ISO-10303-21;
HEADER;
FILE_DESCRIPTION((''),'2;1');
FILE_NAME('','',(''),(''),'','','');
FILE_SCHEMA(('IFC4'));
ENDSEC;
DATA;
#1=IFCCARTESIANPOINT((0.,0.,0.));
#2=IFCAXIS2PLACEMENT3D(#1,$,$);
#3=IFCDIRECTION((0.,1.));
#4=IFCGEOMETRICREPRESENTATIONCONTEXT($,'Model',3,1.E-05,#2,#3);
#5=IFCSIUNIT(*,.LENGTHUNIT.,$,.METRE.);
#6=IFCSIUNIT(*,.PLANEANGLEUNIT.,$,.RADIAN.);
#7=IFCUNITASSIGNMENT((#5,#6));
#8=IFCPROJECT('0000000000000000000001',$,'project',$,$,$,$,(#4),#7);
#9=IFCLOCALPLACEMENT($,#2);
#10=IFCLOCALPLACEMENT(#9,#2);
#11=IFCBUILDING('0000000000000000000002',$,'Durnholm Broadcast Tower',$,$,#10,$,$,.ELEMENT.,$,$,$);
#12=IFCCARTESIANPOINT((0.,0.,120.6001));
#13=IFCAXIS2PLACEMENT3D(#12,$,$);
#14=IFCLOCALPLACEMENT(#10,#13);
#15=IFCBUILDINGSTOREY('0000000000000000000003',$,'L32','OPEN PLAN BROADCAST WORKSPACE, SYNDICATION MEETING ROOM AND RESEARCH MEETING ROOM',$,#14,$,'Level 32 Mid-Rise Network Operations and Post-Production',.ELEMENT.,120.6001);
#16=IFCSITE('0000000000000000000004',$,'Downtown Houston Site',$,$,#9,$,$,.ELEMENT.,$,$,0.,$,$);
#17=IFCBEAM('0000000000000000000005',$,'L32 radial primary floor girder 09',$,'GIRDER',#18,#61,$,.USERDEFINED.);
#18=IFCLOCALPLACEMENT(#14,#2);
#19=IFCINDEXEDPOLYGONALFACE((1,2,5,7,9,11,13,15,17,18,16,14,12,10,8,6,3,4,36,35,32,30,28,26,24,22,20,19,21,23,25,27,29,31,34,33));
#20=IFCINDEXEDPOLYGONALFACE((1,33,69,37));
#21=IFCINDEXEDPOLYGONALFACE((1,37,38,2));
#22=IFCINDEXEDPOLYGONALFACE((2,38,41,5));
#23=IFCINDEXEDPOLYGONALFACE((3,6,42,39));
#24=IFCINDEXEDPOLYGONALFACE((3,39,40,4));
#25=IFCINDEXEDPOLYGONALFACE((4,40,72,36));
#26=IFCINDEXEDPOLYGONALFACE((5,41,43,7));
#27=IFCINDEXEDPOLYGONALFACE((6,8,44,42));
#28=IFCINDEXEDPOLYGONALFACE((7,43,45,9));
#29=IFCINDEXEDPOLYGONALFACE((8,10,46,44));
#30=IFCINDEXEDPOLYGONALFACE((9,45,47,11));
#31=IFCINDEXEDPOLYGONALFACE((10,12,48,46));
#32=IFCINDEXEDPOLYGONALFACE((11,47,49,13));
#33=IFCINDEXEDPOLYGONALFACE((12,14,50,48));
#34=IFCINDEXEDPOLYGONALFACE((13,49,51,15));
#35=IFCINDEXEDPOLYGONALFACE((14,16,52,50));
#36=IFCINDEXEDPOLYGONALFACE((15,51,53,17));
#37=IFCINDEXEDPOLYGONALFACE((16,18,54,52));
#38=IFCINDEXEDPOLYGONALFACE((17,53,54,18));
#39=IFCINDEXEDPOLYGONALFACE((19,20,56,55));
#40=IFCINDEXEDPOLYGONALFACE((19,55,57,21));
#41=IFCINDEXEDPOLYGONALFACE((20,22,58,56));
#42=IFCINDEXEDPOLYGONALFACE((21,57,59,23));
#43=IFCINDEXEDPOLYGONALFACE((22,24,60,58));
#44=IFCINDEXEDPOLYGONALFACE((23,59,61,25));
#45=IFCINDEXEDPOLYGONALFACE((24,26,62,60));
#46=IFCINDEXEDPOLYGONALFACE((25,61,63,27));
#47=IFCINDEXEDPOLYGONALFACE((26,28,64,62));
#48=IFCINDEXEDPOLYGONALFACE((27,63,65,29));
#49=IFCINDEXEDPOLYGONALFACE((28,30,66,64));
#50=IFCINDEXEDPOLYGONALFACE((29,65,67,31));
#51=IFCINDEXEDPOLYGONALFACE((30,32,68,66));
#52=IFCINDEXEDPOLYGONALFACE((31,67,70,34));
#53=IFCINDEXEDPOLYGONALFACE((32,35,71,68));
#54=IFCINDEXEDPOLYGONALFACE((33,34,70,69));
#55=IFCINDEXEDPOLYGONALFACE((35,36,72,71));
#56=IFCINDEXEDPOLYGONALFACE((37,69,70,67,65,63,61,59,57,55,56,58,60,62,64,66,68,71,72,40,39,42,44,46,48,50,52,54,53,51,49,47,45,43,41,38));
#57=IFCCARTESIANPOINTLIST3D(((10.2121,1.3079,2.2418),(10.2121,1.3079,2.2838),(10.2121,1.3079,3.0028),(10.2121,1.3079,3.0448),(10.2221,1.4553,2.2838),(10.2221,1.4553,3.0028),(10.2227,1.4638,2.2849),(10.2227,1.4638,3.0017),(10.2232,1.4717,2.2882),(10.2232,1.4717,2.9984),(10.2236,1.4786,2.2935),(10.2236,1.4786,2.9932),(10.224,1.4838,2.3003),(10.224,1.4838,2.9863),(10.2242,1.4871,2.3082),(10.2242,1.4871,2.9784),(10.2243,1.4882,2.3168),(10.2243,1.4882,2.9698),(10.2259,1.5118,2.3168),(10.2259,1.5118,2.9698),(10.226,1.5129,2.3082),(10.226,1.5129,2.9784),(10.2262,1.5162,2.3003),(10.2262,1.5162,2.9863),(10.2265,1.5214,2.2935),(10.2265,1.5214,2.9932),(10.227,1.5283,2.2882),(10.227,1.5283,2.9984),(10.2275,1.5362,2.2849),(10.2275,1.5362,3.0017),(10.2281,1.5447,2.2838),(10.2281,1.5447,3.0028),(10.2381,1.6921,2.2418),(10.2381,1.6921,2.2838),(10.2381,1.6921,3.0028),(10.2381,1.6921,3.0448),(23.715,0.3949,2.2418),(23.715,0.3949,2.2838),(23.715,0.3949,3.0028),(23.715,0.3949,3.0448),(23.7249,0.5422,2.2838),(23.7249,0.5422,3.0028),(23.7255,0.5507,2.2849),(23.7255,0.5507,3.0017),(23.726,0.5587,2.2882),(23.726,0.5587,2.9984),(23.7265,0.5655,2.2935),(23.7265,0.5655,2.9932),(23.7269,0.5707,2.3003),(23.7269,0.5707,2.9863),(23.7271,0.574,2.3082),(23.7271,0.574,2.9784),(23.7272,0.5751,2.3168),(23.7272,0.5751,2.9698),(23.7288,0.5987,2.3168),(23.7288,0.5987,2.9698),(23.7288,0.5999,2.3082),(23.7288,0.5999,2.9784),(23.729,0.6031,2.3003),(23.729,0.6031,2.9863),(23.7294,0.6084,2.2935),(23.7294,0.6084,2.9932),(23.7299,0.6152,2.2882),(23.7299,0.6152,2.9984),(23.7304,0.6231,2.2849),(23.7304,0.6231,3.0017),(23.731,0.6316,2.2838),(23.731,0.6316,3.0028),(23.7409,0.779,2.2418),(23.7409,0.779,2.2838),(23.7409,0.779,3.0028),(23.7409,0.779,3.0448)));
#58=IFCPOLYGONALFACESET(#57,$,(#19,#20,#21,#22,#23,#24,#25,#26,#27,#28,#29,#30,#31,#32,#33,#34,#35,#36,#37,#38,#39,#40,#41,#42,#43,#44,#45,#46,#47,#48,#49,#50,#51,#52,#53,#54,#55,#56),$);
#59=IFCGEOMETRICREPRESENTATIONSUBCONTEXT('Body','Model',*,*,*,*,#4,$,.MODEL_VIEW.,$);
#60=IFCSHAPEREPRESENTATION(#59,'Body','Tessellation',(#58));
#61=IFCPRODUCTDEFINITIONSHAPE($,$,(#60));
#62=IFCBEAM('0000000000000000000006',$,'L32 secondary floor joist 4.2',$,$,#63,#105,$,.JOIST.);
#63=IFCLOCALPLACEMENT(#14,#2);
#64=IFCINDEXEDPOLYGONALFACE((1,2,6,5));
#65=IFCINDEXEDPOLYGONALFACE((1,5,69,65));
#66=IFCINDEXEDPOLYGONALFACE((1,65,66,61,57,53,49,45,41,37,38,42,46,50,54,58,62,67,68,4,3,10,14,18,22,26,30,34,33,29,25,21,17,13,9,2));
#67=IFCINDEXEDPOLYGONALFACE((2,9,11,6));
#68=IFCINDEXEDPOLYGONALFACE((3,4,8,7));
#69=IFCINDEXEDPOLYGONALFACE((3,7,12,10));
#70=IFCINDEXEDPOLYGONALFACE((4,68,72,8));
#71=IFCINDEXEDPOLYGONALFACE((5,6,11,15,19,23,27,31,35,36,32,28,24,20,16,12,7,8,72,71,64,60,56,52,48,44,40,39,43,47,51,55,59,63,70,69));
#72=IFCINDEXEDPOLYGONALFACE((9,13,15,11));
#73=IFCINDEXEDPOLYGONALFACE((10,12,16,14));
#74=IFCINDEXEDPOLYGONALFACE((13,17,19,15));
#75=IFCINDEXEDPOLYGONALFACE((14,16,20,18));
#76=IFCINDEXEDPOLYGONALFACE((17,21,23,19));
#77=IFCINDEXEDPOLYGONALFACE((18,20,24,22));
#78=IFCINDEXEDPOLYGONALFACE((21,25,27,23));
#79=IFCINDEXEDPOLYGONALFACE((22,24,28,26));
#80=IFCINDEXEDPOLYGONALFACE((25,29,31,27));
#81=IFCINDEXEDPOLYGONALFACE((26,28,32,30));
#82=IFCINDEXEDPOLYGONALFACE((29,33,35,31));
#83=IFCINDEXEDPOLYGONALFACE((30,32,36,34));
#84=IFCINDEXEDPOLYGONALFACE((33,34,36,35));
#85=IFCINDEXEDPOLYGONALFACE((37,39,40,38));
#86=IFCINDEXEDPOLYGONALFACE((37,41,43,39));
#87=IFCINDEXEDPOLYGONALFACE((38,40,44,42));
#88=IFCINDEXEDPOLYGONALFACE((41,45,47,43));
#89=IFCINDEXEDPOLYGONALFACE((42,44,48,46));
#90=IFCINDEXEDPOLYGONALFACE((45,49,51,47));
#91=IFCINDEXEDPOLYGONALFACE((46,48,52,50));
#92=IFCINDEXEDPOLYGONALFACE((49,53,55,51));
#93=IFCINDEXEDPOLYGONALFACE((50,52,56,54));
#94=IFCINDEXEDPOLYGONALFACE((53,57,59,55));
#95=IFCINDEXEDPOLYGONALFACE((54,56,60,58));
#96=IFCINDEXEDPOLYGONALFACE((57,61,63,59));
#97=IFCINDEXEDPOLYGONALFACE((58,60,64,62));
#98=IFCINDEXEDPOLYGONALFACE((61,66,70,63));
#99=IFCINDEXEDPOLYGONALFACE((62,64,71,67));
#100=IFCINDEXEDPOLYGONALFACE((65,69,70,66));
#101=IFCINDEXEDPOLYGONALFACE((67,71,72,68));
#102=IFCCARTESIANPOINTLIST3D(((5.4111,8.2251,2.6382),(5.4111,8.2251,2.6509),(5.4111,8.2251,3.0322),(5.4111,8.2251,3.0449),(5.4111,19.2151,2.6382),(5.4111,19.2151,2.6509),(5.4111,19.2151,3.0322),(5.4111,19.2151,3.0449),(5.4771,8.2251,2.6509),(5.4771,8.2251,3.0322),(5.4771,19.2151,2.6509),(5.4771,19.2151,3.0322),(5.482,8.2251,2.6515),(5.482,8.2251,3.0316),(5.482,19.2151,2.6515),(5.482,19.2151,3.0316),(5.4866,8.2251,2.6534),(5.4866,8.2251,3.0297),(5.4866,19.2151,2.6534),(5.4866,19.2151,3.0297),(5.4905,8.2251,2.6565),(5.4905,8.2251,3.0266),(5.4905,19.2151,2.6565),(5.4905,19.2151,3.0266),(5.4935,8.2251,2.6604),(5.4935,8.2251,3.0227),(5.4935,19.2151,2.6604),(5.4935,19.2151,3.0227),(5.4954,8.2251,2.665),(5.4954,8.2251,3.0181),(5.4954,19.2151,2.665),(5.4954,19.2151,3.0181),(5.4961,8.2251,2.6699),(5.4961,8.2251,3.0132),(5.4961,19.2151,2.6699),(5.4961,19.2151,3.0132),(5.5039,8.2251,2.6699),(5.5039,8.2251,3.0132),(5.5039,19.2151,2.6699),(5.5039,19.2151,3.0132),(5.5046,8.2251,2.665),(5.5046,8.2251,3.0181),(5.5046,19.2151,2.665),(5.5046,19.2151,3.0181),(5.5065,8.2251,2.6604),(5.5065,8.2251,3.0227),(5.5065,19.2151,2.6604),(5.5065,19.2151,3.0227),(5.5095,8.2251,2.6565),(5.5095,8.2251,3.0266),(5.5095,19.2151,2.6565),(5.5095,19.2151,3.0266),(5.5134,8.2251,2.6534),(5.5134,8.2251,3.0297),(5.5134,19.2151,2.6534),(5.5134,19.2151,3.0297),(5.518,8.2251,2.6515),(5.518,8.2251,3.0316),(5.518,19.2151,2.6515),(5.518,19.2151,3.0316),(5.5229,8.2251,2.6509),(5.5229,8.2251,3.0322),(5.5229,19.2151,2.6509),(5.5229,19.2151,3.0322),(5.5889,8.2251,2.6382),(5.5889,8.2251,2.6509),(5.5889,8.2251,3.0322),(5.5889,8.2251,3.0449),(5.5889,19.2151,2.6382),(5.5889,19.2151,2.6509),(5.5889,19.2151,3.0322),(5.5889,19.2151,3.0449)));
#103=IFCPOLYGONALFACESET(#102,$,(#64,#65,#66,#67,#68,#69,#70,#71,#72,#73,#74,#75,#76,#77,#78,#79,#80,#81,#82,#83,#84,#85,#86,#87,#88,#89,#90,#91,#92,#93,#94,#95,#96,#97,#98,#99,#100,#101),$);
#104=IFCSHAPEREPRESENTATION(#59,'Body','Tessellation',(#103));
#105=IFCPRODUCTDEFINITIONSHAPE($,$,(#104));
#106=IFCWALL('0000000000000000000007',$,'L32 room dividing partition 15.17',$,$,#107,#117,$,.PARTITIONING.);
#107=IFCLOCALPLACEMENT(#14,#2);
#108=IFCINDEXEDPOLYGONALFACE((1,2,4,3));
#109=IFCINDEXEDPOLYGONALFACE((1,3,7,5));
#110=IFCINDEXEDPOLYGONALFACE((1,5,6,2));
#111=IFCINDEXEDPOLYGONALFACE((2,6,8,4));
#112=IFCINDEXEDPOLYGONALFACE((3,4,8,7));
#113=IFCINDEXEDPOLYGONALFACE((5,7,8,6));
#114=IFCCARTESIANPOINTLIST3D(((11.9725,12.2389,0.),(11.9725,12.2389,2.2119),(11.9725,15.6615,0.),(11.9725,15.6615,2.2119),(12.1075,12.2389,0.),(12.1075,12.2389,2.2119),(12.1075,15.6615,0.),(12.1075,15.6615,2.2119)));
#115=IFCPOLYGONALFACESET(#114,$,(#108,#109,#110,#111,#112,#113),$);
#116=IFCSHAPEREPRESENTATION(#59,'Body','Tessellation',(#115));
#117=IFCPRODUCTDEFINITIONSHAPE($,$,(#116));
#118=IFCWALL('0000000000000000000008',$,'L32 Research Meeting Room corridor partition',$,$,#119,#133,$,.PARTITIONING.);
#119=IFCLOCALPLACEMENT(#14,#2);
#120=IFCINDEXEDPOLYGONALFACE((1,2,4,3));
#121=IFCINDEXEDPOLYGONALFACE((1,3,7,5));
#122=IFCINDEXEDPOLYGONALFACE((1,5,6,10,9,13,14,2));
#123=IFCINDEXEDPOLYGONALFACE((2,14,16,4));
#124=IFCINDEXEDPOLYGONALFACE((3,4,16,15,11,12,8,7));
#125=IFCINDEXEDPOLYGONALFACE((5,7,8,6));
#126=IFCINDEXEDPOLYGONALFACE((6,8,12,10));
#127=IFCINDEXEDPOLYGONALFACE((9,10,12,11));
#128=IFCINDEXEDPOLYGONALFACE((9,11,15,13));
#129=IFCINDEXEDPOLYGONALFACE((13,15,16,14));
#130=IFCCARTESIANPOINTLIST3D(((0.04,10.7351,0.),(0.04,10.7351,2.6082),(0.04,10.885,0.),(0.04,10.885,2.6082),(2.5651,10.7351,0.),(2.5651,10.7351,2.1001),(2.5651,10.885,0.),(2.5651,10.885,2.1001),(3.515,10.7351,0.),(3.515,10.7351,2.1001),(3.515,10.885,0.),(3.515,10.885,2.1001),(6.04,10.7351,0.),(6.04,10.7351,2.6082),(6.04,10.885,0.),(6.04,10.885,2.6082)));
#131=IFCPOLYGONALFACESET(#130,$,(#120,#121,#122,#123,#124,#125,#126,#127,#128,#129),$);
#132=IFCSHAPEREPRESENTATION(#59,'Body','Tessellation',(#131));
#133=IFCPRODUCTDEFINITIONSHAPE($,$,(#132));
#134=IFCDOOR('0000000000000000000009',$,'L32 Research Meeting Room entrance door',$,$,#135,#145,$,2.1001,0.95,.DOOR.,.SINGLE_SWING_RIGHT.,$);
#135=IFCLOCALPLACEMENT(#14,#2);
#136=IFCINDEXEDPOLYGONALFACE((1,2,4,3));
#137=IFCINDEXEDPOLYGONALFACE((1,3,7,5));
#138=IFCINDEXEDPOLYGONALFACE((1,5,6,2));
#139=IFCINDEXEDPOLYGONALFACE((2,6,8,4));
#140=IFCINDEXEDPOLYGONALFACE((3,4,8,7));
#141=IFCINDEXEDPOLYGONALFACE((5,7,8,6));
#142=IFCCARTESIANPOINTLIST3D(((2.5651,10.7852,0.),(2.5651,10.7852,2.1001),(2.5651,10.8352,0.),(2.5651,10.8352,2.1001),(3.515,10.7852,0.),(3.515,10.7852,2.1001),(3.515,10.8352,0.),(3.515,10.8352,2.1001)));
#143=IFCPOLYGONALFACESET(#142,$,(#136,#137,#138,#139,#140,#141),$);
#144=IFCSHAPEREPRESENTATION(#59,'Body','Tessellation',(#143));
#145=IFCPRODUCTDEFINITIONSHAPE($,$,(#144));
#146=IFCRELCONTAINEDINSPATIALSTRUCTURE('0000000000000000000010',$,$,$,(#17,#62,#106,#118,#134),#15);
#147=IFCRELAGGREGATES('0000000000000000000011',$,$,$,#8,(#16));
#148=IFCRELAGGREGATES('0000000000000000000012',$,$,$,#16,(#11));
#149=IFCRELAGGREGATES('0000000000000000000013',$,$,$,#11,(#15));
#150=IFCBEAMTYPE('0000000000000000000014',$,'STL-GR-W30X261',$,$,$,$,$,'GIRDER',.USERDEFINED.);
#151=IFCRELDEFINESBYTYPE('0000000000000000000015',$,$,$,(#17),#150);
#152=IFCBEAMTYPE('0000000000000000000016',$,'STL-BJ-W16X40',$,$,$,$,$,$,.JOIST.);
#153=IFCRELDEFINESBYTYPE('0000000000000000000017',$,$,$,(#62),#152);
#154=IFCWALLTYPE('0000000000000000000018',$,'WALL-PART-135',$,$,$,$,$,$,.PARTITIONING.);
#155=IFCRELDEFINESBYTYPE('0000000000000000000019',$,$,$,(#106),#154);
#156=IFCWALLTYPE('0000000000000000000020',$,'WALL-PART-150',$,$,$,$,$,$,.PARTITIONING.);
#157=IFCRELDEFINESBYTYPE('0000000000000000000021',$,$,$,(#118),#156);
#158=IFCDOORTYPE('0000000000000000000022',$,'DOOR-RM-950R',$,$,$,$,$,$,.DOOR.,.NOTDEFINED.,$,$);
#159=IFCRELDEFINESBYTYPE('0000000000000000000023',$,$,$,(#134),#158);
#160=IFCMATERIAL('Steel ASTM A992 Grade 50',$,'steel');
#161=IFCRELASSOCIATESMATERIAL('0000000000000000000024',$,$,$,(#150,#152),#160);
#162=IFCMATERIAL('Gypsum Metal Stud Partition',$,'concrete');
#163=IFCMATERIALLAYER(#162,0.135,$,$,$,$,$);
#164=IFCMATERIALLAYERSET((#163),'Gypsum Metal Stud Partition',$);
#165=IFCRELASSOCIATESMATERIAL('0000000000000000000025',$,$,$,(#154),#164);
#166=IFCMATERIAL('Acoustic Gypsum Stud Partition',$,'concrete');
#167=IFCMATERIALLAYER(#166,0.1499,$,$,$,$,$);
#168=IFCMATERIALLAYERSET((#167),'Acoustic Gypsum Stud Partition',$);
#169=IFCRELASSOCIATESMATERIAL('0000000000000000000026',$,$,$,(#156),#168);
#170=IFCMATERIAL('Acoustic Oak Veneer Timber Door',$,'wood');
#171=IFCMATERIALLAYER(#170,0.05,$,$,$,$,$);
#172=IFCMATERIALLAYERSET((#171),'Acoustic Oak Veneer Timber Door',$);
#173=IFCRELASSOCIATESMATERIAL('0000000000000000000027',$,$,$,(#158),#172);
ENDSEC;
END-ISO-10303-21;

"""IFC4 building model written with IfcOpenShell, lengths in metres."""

from ifc_helpers import new_model, si_unit, direction, frame, frame_2d, origin, origin_2d, place, context, subcontext, project, spatial, rectangle, i_section, extrude, source, transform, mapped, material, layer, layer_set, material_profile, profile_set, type_object, type_shapes, element, fill, save


model = new_model("IFC4")

# Units and contexts
model_context = context("Model", 3, precision=1e-05, world=origin(), true_north=direction((0.0, 1.0)))
body_context = subcontext(model_context, "Body", "Model", "MODEL_VIEW")
ifc_project = project(units=[si_unit("LENGTHUNIT", "METRE"), si_unit("PLANEANGLEUNIT", "RADIAN")], contexts=[model_context])

# Site, building, storey
site_placement = place(None, origin())
site = spatial("IfcSite", under=ifc_project, at=site_placement, Name="Downtown Houston Site", CompositionType="ELEMENT", RefElevation=0.0)
building_placement = place(site_placement, origin())
building = spatial("IfcBuilding", under=site, at=building_placement, Name="Durnholm Broadcast Tower", CompositionType="ELEMENT")
storey_placement = place(building_placement, frame((0.0, 0.0, 120.6001)))
storey = spatial("IfcBuildingStorey", under=building, at=storey_placement, Name="L32", Description="OPEN PLAN BROADCAST WORKSPACE, SYNDICATION MEETING ROOM AND RESEARCH MEETING ROOM", LongName="Level 32 Mid-Rise Network Operations and Post-Production", CompositionType="ELEMENT", Elevation=120.6001)

# Beams
ifc_material_1 = material(Name="Steel ASTM A992 Grade 50", Category="steel")
ifc_material_profile_1 = material_profile(ifc_material_1, i_section(OverallWidth=0.385, OverallDepth=0.803, WebThickness=0.0237, FlangeThickness=0.042, FilletRadius=0.033, at=origin_2d()), Name="W30X261")
ifc_profile_set_1 = profile_set([ifc_material_profile_1], Name="Steel ASTM A992 Grade 50")
beam_type_1 = type_object("IfcBeamType", Name="STL-GR-W30X261", ElementType="GIRDER", PredefinedType="USERDEFINED", material=ifc_profile_set_1)
shared_shape_1 = source(origin(), body_context, "Body", "SweptSolid", [
    extrude(i_section(OverallWidth=0.385, OverallDepth=0.803, WebThickness=0.0237, FlangeThickness=0.042, FilletRadius=0.033, at=origin_2d()), origin(), (0.0, 0.0, 1.0), 13.5337),
])
beam_1_placement = place(storey_placement, frame((10.2251, 1.5, 2.6433), z_axis=(0.997721, -0.067467, 0.0), x_axis=(0.067467, 0.997721, 0.0)))
element("IfcBeam", 1, at=beam_1_placement, inside=storey, type_object=beam_type_1, Name="L32 radial primary floor girder 09", ObjectType="GIRDER", PredefinedType="USERDEFINED", context=body_context, shape_type="MappedRepresentation", body=[
    mapped(shared_shape_1, transform((0.0, 0.0, 0.0), x_axis=(1.0, 0.0, 0.0), y_axis=(0.0, 1.0, 0.0), z_axis=(0.0, 0.0, 1.0), scale=1.0)),
])
ifc_material_profile_2 = material_profile(ifc_material_1, i_section(OverallWidth=0.1777, OverallDepth=0.4067, WebThickness=0.0078, FlangeThickness=0.0127, FilletRadius=0.019, at=origin_2d()), Name="W16X40")
ifc_profile_set_2 = profile_set([ifc_material_profile_2], Name="Steel ASTM A992 Grade 50")
beam_type_2 = type_object("IfcBeamType", Name="STL-BJ-W16X40", PredefinedType="JOIST", material=ifc_profile_set_2)
shared_shape_2 = source(origin(), body_context, "Body", "SweptSolid", [
    extrude(i_section(OverallWidth=0.1777, OverallDepth=0.4067, WebThickness=0.0078, FlangeThickness=0.0127, FilletRadius=0.019, at=origin_2d()), origin(), (0.0, 0.0, 1.0), 10.99),
])
type_shapes(beam_type_2, [shared_shape_2])
beam_2_placement = place(storey_placement, frame((5.5, 8.2251, 2.8416), z_axis=(0.0, 1.0, 0.0), x_axis=(-1.0, 0.0, 0.0)))
element("IfcBeam", 2, at=beam_2_placement, inside=storey, type_object=beam_type_2, Name="L32 secondary floor joist 4.2", PredefinedType="JOIST", context=body_context, shape_type="MappedRepresentation", body=[
    mapped(shared_shape_2, transform((0.0, 0.0, 0.0), x_axis=(1.0, 0.0, 0.0), y_axis=(0.0, 1.0, 0.0), z_axis=(0.0, 0.0, 1.0), scale=1.0)),
])

# Wall
ifc_material_2 = material(Name="Gypsum Metal Stud Partition", Category="concrete")
ifc_layer_1 = layer(ifc_material_2, 0.135)
ifc_layer_set_1 = layer_set([ifc_layer_1], Name="Gypsum Metal Stud Partition")
wall_type_1 = type_object("IfcWallType", Name="WALL-PART-135", PredefinedType="PARTITIONING", material=ifc_layer_set_1)
wall_1_placement = place(storey_placement, frame((12.04, 15.6616, 0.0), z_axis=(0.0, 0.0, 1.0), x_axis=(0.0, -1.0, 0.0)))
element("IfcWall", 3, at=wall_1_placement, inside=storey, type_object=wall_type_1, Name="L32 room dividing partition 15.17", PredefinedType="PARTITIONING", context=body_context, shape_type="SweptSolid", body=[
    extrude(rectangle(XDim=3.4226, YDim=0.135, at=frame_2d((1.7114, 0.0))), origin(), (0.0, 0.0, 1.0), 2.2119),
])

# Wall, opening, door
ifc_material_3 = material(Name="Acoustic Gypsum Stud Partition", Category="concrete")
ifc_layer_2 = layer(ifc_material_3, 0.1499)
ifc_layer_set_2 = layer_set([ifc_layer_2], Name="Acoustic Gypsum Stud Partition")
wall_type_2 = type_object("IfcWallType", Name="WALL-PART-150", PredefinedType="PARTITIONING", material=ifc_layer_set_2)
wall_2_placement = place(storey_placement, frame((6.04, 10.8101, 0.0), z_axis=(0.0, 0.0, 1.0), x_axis=(-1.0, 0.0, 0.0)))
wall_2 = element("IfcWall", 4, at=wall_2_placement, inside=storey, type_object=wall_type_2, Name="L32 Research Meeting Room corridor partition", PredefinedType="PARTITIONING", context=body_context, shape_type="SweptSolid", body=[
    extrude(rectangle(XDim=6.0, YDim=0.1499, at=frame_2d((3.0, 0.0))), origin(), (0.0, 0.0, 1.0), 2.6082),
])
opening_1_placement = place(wall_2_placement, frame((2.5249, 0.0, 0.0)))
opening_1 = element("IfcOpeningElement", 5, at=opening_1_placement, cuts=wall_2, PredefinedType="OPENING", context=body_context, shape_type="SweptSolid", body=[
    extrude(rectangle(XDim=0.95, YDim=2.1001, at=frame_2d((0.4751, 1.05))), frame((0.0, 0.085, 0.0), z_axis=(0.0, -1.0, 0.0), x_axis=(1.0, 0.0, 0.0)), (0.0, 0.0, 1.0), 0.1699),
])
ifc_material_4 = material(Name="Acoustic Oak Veneer Timber Door", Category="wood")
ifc_layer_3 = layer(ifc_material_4, 0.05)
ifc_layer_set_3 = layer_set([ifc_layer_3], Name="Acoustic Oak Veneer Timber Door")
door_type_1 = type_object("IfcDoorType", Name="DOOR-RM-950R", OperationType="NOTDEFINED", PredefinedType="DOOR", material=ifc_layer_set_3)
shared_shape_3 = source(origin(), body_context, "Body", "SweptSolid", [
    extrude(rectangle(XDim=0.95, YDim=2.1001, at=frame_2d((0.4751, 1.05))), frame((0.0, 0.0249, 0.0), z_axis=(0.0, -1.0, 0.0), x_axis=(1.0, 0.0, 0.0)), (0.0, 0.0, 1.0), 0.05),
])
type_shapes(door_type_1, [shared_shape_3])
door_1_placement = place(opening_1_placement, origin())
door_1 = element("IfcDoor", 6, at=door_1_placement, inside=storey, type_object=door_type_1, Name="L32 Research Meeting Room entrance door", OperationType="SINGLE_SWING_RIGHT", OverallHeight=2.1001, OverallWidth=0.95, PredefinedType="DOOR", context=body_context, shape_type="MappedRepresentation", body=[
    mapped(shared_shape_3, transform((0.0, 0.0, 0.0), x_axis=(1.0, 0.0, 0.0), y_axis=(0.0, 1.0, 0.0), z_axis=(0.0, 0.0, 1.0), scale=1.0)),
])
fill(opening_1, door_1)

save(model, "model.ifc")
